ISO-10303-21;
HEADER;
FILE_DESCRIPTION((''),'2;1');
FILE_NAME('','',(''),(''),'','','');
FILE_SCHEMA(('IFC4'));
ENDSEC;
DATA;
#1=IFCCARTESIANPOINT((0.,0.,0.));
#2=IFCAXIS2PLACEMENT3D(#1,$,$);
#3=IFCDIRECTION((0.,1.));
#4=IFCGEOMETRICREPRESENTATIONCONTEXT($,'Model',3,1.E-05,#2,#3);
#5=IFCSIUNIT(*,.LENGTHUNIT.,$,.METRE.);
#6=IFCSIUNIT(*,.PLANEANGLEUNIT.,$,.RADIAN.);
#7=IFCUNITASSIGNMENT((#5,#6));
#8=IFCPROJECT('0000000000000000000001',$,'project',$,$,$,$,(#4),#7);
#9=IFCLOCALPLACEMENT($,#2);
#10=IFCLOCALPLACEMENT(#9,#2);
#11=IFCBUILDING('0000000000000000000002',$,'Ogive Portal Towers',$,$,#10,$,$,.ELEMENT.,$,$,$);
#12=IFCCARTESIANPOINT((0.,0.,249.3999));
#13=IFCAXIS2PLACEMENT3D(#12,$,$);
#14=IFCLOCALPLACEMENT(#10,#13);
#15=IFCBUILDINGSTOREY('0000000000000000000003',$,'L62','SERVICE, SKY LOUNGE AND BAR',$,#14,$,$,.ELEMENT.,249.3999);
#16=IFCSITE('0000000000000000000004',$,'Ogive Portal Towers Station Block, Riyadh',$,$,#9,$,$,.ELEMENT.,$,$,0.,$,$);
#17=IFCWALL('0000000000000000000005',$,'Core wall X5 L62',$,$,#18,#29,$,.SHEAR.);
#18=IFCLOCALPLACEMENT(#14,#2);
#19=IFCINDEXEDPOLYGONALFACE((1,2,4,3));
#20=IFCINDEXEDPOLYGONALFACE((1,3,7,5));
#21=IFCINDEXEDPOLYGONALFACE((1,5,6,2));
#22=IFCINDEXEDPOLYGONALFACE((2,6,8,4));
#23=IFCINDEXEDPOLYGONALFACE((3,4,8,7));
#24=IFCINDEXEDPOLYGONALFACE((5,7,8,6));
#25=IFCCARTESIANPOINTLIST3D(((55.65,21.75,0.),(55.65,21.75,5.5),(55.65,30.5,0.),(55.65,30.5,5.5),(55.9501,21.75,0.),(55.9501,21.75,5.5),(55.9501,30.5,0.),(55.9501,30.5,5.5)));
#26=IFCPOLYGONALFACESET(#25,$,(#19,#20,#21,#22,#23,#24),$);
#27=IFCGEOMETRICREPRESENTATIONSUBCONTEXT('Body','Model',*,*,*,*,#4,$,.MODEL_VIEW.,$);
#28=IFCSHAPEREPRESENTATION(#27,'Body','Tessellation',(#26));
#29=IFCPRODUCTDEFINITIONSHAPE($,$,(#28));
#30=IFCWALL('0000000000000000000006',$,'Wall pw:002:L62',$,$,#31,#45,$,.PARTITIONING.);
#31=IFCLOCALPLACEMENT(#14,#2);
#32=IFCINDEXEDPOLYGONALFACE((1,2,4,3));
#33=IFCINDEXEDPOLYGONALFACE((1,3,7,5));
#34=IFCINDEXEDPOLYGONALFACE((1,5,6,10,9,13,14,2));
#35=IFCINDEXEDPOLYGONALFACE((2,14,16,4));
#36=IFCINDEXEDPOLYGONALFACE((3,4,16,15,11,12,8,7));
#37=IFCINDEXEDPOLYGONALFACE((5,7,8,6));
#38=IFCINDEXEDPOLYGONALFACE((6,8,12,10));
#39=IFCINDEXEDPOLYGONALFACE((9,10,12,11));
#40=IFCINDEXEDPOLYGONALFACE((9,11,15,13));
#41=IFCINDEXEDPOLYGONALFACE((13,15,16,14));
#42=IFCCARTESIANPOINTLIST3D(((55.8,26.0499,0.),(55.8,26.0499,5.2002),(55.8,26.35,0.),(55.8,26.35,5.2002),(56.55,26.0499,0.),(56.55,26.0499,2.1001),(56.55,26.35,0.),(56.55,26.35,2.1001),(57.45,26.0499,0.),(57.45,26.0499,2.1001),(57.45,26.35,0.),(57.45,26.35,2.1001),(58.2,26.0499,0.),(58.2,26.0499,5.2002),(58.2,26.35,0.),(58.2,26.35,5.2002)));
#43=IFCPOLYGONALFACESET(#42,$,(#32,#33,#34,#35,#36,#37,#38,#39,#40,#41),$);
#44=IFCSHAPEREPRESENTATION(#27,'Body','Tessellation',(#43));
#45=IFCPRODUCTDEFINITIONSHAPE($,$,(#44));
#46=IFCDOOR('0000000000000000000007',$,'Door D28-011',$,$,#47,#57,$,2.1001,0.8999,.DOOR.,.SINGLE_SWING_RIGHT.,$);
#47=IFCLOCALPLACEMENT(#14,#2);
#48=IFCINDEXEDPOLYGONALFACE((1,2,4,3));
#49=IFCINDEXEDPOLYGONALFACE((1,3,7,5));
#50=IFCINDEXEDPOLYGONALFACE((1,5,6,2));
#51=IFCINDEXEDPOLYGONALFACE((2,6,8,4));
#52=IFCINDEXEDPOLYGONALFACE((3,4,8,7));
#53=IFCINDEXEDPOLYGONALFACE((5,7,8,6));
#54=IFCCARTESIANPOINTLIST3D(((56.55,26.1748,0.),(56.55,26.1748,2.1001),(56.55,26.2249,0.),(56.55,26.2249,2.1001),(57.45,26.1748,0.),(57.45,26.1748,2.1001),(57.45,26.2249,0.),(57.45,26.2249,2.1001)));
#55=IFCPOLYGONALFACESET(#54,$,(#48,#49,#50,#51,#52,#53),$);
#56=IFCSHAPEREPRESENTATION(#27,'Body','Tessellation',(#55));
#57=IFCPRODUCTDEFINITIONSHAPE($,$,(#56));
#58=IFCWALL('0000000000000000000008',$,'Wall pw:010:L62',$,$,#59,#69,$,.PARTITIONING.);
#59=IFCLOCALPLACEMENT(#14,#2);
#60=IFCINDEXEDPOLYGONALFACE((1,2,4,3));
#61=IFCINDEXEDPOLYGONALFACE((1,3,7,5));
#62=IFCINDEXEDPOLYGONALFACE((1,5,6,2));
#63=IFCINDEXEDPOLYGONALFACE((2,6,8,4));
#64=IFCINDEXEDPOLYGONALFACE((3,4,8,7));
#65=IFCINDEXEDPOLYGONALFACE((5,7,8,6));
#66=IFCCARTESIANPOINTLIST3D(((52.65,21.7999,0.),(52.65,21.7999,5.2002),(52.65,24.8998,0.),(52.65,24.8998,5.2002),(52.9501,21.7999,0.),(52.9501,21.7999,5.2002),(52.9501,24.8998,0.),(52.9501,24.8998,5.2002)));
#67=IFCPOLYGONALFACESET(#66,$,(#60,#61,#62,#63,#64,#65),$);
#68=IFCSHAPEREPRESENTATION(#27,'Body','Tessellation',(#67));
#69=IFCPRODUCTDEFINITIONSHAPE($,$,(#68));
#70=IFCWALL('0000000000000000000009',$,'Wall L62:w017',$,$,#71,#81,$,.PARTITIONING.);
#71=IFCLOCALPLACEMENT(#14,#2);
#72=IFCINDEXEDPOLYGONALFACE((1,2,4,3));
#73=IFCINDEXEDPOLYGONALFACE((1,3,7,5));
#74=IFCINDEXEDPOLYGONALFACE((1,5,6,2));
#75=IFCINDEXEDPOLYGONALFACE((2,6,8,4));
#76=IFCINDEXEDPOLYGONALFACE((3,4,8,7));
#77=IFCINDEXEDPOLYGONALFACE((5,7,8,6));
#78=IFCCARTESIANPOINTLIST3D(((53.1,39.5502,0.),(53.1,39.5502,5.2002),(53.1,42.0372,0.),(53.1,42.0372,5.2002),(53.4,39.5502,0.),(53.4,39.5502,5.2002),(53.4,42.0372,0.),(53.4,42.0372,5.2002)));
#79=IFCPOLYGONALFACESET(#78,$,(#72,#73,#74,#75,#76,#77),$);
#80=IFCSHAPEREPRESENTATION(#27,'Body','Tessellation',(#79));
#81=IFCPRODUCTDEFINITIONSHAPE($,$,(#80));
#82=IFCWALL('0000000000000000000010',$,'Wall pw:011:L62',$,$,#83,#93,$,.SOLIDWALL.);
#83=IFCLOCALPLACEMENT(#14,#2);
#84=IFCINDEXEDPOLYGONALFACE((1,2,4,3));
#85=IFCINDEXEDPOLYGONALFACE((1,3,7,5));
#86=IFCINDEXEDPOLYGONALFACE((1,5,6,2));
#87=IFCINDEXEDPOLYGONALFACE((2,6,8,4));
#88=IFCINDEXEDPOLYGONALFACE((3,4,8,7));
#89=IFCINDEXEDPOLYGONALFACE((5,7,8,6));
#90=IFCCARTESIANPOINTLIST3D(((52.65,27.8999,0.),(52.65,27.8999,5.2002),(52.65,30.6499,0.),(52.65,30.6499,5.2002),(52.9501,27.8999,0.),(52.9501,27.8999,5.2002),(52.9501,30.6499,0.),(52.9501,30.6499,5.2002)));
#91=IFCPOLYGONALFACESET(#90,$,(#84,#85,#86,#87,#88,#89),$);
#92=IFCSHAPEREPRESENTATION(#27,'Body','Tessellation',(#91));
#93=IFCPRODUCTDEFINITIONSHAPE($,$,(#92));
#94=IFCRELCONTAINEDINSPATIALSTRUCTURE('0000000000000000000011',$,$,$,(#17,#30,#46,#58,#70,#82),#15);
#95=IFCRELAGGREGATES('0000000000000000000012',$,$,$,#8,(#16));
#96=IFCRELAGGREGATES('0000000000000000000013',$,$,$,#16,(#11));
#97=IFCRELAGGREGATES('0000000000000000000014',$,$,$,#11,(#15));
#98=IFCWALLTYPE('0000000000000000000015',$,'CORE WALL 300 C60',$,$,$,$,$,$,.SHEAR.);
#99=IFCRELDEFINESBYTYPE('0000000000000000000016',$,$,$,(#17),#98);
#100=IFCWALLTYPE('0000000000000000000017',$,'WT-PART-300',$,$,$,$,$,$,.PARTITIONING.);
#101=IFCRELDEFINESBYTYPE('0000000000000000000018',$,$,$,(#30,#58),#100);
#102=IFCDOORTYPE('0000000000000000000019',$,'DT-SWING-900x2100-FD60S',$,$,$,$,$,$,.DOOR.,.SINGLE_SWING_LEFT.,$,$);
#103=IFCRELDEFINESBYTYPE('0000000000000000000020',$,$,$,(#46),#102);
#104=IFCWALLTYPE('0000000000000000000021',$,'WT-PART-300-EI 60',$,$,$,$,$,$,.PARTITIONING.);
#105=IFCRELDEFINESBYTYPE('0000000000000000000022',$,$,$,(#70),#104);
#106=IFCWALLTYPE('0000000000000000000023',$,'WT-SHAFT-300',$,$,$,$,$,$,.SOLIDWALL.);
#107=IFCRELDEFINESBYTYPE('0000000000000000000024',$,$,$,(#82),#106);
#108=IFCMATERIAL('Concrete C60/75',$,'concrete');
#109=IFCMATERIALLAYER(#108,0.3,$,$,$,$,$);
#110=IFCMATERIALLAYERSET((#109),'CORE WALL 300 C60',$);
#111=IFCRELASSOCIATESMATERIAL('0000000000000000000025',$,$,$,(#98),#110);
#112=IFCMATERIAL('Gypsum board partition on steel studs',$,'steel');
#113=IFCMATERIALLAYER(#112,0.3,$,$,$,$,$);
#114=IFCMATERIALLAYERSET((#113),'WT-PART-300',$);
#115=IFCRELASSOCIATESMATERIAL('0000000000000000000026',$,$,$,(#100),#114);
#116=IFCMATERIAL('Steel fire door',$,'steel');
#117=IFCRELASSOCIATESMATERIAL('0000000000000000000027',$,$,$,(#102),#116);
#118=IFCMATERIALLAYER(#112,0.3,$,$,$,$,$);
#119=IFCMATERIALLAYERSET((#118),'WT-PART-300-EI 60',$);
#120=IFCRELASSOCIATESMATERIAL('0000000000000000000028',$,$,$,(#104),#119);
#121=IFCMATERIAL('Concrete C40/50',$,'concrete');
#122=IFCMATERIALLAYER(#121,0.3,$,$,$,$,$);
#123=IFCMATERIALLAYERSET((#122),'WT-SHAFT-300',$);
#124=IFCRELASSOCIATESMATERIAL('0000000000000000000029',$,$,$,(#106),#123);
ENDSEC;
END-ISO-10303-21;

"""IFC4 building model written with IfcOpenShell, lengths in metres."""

from ifc_helpers import new_model, si_unit, direction, frame, frame_2d, origin, place, context, subcontext, project, spatial, rectangle, extrude, material, layer, layer_set, type_object, element, fill, save


model = new_model("IFC4")

# Units and contexts
model_context = context("Model", 3, precision=1e-05, world=origin(), true_north=direction((0.0, 1.0)))
body_context = subcontext(model_context, "Body", "Model", "MODEL_VIEW")
ifc_project = project(units=[si_unit("LENGTHUNIT", "METRE"), si_unit("PLANEANGLEUNIT", "RADIAN")], contexts=[model_context])

# Site, building, storey
site_placement = place(None, origin())
site = spatial("IfcSite", under=ifc_project, at=site_placement, Name="Ogive Portal Towers Station Block, Riyadh", CompositionType="ELEMENT", RefElevation=0.0)
building_placement = place(site_placement, origin())
building = spatial("IfcBuilding", under=site, at=building_placement, Name="Ogive Portal Towers", CompositionType="ELEMENT")
storey_placement = place(building_placement, frame((0.0, 0.0, 249.3999)))
storey = spatial("IfcBuildingStorey", under=building, at=storey_placement, Name="L62", Description="SERVICE, SKY LOUNGE AND BAR", CompositionType="ELEMENT", Elevation=249.3999)

# Shared definitions
ifc_material_1 = material(Name="Concrete C60/75", Category="concrete")

# Shared definitions
ifc_layer_1 = layer(ifc_material_1, 0.3)
ifc_layer_set_1 = layer_set([ifc_layer_1], Name="CORE WALL 300 C60")
wall_type_1 = type_object("IfcWallType", Name="CORE WALL 300 C60", PredefinedType="SHEAR", material=ifc_layer_set_1)
ifc_material_2 = material(Name="Steel fire door", Category="steel")

# Wall
wall_1_placement = place(storey_placement, frame((55.8, 21.75, 0.0), z_axis=(0.0, 0.0, 1.0), x_axis=(0.0, 1.0, 0.0)))
element("IfcWall", 1, at=wall_1_placement, inside=storey, type_object=wall_type_1, Name="Core wall X5 L62", PredefinedType="SHEAR", context=body_context, shape_type="SweptSolid", body=[
    extrude(rectangle(XDim=8.75, YDim=0.3, at=frame_2d((4.375, 0.0))), origin(), (0.0, 0.0, 1.0), 5.5),
])

# Wall, opening, door
ifc_material_3 = material(Name="Gypsum board partition on steel studs", Category="steel")
ifc_layer_2 = layer(ifc_material_3, 0.3)
ifc_layer_set_2 = layer_set([ifc_layer_2], Name="WT-PART-300")
wall_type_2 = type_object("IfcWallType", Name="WT-PART-300", PredefinedType="PARTITIONING", material=ifc_layer_set_2)
wall_2_placement = place(storey_placement, frame((55.8, 26.2, 0.0), z_axis=(0.0, 0.0, 1.0), x_axis=(1.0, 0.0, 0.0)))
wall_2 = element("IfcWall", 2, at=wall_2_placement, inside=storey, type_object=wall_type_2, Name="Wall pw:002:L62", PredefinedType="PARTITIONING", context=body_context, shape_type="SweptSolid", body=[
    extrude(rectangle(XDim=2.3999, YDim=0.3, at=frame_2d((1.2, 0.0))), origin(), (0.0, 0.0, 1.0), 5.2002),
])
opening_1_placement = place(wall_2_placement, frame((0.75, 0.0, 0.0)))
opening_1 = element("IfcOpeningElement", 3, at=opening_1_placement, cuts=wall_2, PredefinedType="OPENING", context=body_context, shape_type="SweptSolid", body=[
    extrude(rectangle(XDim=0.8999, YDim=2.1001, at=frame_2d((0.45, 1.05))), frame((0.0, 0.1602, 0.0), z_axis=(0.0, -1.0, 0.0), x_axis=(1.0, 0.0, 0.0)), (0.0, 0.0, 1.0), 0.3201),
])
door_type_1 = type_object("IfcDoorType", Name="DT-SWING-900x2100-FD60S", OperationType="SINGLE_SWING_LEFT", PredefinedType="DOOR", material=ifc_material_2)
door_1_placement = place(opening_1_placement, origin())
door_1 = element("IfcDoor", 4, at=door_1_placement, inside=storey, type_object=door_type_1, Name="Door D28-011", OperationType="SINGLE_SWING_RIGHT", OverallHeight=2.1001, OverallWidth=0.8999, PredefinedType="DOOR", context=body_context, shape_type="SweptSolid", body=[
    extrude(rectangle(XDim=0.8999, YDim=2.1001, at=frame_2d((0.45, 1.05))), frame((0.0, 0.0249, 0.0), z_axis=(0.0, -1.0, 0.0), x_axis=(1.0, 0.0, 0.0)), (0.0, 0.0, 1.0), 0.05),
])
fill(opening_1, door_1)

# Walls
wall_3_placement = place(storey_placement, frame((52.8, 21.8, 0.0), z_axis=(0.0, 0.0, 1.0), x_axis=(0.0, 1.0, 0.0)))
element("IfcWall", 5, at=wall_3_placement, inside=storey, type_object=wall_type_2, Name="Wall pw:010:L62", PredefinedType="PARTITIONING", context=body_context, shape_type="SweptSolid", body=[
    extrude(rectangle(XDim=3.0999, YDim=0.3, at=frame_2d((1.5498, 0.0))), origin(), (0.0, 0.0, 1.0), 5.2002),
])
ifc_layer_3 = layer(ifc_material_3, 0.3)
ifc_layer_set_3 = layer_set([ifc_layer_3], Name="WT-PART-300-EI 60")
wall_type_3 = type_object("IfcWallType", Name="WT-PART-300-EI 60", PredefinedType="PARTITIONING", material=ifc_layer_set_3)
wall_4_placement = place(storey_placement, frame((53.25, 39.55, 0.0), z_axis=(0.0, 0.0, 1.0), x_axis=(0.0, 1.0, 0.0)))
element("IfcWall", 6, at=wall_4_placement, inside=storey, type_object=wall_type_3, Name="Wall L62:w017", PredefinedType="PARTITIONING", context=body_context, shape_type="SweptSolid", body=[
    extrude(rectangle(XDim=2.4871, YDim=0.3, at=frame_2d((1.2437, 0.0))), origin(), (0.0, 0.0, 1.0), 5.2002),
])

# Shared definitions
ifc_material_4 = material(Name="Concrete C40/50", Category="concrete")
ifc_layer_4 = layer(ifc_material_4, 0.3)
ifc_layer_set_4 = layer_set([ifc_layer_4], Name="WT-SHAFT-300")
wall_type_4 = type_object("IfcWallType", Name="WT-SHAFT-300", PredefinedType="SOLIDWALL", material=ifc_layer_set_4)

# Wall
wall_5_placement = place(storey_placement, frame((52.8, 27.8999, 0.0), z_axis=(0.0, 0.0, 1.0), x_axis=(0.0, 1.0, 0.0)))
element("IfcWall", 7, at=wall_5_placement, inside=storey, type_object=wall_type_4, Name="Wall pw:011:L62", PredefinedType="SOLIDWALL", context=body_context, shape_type="SweptSolid", body=[
    extrude(rectangle(XDim=2.75, YDim=0.3, at=frame_2d((1.375, 0.0))), origin(), (0.0, 0.0, 1.0), 5.2002),
])

save(model, "model.ifc")
